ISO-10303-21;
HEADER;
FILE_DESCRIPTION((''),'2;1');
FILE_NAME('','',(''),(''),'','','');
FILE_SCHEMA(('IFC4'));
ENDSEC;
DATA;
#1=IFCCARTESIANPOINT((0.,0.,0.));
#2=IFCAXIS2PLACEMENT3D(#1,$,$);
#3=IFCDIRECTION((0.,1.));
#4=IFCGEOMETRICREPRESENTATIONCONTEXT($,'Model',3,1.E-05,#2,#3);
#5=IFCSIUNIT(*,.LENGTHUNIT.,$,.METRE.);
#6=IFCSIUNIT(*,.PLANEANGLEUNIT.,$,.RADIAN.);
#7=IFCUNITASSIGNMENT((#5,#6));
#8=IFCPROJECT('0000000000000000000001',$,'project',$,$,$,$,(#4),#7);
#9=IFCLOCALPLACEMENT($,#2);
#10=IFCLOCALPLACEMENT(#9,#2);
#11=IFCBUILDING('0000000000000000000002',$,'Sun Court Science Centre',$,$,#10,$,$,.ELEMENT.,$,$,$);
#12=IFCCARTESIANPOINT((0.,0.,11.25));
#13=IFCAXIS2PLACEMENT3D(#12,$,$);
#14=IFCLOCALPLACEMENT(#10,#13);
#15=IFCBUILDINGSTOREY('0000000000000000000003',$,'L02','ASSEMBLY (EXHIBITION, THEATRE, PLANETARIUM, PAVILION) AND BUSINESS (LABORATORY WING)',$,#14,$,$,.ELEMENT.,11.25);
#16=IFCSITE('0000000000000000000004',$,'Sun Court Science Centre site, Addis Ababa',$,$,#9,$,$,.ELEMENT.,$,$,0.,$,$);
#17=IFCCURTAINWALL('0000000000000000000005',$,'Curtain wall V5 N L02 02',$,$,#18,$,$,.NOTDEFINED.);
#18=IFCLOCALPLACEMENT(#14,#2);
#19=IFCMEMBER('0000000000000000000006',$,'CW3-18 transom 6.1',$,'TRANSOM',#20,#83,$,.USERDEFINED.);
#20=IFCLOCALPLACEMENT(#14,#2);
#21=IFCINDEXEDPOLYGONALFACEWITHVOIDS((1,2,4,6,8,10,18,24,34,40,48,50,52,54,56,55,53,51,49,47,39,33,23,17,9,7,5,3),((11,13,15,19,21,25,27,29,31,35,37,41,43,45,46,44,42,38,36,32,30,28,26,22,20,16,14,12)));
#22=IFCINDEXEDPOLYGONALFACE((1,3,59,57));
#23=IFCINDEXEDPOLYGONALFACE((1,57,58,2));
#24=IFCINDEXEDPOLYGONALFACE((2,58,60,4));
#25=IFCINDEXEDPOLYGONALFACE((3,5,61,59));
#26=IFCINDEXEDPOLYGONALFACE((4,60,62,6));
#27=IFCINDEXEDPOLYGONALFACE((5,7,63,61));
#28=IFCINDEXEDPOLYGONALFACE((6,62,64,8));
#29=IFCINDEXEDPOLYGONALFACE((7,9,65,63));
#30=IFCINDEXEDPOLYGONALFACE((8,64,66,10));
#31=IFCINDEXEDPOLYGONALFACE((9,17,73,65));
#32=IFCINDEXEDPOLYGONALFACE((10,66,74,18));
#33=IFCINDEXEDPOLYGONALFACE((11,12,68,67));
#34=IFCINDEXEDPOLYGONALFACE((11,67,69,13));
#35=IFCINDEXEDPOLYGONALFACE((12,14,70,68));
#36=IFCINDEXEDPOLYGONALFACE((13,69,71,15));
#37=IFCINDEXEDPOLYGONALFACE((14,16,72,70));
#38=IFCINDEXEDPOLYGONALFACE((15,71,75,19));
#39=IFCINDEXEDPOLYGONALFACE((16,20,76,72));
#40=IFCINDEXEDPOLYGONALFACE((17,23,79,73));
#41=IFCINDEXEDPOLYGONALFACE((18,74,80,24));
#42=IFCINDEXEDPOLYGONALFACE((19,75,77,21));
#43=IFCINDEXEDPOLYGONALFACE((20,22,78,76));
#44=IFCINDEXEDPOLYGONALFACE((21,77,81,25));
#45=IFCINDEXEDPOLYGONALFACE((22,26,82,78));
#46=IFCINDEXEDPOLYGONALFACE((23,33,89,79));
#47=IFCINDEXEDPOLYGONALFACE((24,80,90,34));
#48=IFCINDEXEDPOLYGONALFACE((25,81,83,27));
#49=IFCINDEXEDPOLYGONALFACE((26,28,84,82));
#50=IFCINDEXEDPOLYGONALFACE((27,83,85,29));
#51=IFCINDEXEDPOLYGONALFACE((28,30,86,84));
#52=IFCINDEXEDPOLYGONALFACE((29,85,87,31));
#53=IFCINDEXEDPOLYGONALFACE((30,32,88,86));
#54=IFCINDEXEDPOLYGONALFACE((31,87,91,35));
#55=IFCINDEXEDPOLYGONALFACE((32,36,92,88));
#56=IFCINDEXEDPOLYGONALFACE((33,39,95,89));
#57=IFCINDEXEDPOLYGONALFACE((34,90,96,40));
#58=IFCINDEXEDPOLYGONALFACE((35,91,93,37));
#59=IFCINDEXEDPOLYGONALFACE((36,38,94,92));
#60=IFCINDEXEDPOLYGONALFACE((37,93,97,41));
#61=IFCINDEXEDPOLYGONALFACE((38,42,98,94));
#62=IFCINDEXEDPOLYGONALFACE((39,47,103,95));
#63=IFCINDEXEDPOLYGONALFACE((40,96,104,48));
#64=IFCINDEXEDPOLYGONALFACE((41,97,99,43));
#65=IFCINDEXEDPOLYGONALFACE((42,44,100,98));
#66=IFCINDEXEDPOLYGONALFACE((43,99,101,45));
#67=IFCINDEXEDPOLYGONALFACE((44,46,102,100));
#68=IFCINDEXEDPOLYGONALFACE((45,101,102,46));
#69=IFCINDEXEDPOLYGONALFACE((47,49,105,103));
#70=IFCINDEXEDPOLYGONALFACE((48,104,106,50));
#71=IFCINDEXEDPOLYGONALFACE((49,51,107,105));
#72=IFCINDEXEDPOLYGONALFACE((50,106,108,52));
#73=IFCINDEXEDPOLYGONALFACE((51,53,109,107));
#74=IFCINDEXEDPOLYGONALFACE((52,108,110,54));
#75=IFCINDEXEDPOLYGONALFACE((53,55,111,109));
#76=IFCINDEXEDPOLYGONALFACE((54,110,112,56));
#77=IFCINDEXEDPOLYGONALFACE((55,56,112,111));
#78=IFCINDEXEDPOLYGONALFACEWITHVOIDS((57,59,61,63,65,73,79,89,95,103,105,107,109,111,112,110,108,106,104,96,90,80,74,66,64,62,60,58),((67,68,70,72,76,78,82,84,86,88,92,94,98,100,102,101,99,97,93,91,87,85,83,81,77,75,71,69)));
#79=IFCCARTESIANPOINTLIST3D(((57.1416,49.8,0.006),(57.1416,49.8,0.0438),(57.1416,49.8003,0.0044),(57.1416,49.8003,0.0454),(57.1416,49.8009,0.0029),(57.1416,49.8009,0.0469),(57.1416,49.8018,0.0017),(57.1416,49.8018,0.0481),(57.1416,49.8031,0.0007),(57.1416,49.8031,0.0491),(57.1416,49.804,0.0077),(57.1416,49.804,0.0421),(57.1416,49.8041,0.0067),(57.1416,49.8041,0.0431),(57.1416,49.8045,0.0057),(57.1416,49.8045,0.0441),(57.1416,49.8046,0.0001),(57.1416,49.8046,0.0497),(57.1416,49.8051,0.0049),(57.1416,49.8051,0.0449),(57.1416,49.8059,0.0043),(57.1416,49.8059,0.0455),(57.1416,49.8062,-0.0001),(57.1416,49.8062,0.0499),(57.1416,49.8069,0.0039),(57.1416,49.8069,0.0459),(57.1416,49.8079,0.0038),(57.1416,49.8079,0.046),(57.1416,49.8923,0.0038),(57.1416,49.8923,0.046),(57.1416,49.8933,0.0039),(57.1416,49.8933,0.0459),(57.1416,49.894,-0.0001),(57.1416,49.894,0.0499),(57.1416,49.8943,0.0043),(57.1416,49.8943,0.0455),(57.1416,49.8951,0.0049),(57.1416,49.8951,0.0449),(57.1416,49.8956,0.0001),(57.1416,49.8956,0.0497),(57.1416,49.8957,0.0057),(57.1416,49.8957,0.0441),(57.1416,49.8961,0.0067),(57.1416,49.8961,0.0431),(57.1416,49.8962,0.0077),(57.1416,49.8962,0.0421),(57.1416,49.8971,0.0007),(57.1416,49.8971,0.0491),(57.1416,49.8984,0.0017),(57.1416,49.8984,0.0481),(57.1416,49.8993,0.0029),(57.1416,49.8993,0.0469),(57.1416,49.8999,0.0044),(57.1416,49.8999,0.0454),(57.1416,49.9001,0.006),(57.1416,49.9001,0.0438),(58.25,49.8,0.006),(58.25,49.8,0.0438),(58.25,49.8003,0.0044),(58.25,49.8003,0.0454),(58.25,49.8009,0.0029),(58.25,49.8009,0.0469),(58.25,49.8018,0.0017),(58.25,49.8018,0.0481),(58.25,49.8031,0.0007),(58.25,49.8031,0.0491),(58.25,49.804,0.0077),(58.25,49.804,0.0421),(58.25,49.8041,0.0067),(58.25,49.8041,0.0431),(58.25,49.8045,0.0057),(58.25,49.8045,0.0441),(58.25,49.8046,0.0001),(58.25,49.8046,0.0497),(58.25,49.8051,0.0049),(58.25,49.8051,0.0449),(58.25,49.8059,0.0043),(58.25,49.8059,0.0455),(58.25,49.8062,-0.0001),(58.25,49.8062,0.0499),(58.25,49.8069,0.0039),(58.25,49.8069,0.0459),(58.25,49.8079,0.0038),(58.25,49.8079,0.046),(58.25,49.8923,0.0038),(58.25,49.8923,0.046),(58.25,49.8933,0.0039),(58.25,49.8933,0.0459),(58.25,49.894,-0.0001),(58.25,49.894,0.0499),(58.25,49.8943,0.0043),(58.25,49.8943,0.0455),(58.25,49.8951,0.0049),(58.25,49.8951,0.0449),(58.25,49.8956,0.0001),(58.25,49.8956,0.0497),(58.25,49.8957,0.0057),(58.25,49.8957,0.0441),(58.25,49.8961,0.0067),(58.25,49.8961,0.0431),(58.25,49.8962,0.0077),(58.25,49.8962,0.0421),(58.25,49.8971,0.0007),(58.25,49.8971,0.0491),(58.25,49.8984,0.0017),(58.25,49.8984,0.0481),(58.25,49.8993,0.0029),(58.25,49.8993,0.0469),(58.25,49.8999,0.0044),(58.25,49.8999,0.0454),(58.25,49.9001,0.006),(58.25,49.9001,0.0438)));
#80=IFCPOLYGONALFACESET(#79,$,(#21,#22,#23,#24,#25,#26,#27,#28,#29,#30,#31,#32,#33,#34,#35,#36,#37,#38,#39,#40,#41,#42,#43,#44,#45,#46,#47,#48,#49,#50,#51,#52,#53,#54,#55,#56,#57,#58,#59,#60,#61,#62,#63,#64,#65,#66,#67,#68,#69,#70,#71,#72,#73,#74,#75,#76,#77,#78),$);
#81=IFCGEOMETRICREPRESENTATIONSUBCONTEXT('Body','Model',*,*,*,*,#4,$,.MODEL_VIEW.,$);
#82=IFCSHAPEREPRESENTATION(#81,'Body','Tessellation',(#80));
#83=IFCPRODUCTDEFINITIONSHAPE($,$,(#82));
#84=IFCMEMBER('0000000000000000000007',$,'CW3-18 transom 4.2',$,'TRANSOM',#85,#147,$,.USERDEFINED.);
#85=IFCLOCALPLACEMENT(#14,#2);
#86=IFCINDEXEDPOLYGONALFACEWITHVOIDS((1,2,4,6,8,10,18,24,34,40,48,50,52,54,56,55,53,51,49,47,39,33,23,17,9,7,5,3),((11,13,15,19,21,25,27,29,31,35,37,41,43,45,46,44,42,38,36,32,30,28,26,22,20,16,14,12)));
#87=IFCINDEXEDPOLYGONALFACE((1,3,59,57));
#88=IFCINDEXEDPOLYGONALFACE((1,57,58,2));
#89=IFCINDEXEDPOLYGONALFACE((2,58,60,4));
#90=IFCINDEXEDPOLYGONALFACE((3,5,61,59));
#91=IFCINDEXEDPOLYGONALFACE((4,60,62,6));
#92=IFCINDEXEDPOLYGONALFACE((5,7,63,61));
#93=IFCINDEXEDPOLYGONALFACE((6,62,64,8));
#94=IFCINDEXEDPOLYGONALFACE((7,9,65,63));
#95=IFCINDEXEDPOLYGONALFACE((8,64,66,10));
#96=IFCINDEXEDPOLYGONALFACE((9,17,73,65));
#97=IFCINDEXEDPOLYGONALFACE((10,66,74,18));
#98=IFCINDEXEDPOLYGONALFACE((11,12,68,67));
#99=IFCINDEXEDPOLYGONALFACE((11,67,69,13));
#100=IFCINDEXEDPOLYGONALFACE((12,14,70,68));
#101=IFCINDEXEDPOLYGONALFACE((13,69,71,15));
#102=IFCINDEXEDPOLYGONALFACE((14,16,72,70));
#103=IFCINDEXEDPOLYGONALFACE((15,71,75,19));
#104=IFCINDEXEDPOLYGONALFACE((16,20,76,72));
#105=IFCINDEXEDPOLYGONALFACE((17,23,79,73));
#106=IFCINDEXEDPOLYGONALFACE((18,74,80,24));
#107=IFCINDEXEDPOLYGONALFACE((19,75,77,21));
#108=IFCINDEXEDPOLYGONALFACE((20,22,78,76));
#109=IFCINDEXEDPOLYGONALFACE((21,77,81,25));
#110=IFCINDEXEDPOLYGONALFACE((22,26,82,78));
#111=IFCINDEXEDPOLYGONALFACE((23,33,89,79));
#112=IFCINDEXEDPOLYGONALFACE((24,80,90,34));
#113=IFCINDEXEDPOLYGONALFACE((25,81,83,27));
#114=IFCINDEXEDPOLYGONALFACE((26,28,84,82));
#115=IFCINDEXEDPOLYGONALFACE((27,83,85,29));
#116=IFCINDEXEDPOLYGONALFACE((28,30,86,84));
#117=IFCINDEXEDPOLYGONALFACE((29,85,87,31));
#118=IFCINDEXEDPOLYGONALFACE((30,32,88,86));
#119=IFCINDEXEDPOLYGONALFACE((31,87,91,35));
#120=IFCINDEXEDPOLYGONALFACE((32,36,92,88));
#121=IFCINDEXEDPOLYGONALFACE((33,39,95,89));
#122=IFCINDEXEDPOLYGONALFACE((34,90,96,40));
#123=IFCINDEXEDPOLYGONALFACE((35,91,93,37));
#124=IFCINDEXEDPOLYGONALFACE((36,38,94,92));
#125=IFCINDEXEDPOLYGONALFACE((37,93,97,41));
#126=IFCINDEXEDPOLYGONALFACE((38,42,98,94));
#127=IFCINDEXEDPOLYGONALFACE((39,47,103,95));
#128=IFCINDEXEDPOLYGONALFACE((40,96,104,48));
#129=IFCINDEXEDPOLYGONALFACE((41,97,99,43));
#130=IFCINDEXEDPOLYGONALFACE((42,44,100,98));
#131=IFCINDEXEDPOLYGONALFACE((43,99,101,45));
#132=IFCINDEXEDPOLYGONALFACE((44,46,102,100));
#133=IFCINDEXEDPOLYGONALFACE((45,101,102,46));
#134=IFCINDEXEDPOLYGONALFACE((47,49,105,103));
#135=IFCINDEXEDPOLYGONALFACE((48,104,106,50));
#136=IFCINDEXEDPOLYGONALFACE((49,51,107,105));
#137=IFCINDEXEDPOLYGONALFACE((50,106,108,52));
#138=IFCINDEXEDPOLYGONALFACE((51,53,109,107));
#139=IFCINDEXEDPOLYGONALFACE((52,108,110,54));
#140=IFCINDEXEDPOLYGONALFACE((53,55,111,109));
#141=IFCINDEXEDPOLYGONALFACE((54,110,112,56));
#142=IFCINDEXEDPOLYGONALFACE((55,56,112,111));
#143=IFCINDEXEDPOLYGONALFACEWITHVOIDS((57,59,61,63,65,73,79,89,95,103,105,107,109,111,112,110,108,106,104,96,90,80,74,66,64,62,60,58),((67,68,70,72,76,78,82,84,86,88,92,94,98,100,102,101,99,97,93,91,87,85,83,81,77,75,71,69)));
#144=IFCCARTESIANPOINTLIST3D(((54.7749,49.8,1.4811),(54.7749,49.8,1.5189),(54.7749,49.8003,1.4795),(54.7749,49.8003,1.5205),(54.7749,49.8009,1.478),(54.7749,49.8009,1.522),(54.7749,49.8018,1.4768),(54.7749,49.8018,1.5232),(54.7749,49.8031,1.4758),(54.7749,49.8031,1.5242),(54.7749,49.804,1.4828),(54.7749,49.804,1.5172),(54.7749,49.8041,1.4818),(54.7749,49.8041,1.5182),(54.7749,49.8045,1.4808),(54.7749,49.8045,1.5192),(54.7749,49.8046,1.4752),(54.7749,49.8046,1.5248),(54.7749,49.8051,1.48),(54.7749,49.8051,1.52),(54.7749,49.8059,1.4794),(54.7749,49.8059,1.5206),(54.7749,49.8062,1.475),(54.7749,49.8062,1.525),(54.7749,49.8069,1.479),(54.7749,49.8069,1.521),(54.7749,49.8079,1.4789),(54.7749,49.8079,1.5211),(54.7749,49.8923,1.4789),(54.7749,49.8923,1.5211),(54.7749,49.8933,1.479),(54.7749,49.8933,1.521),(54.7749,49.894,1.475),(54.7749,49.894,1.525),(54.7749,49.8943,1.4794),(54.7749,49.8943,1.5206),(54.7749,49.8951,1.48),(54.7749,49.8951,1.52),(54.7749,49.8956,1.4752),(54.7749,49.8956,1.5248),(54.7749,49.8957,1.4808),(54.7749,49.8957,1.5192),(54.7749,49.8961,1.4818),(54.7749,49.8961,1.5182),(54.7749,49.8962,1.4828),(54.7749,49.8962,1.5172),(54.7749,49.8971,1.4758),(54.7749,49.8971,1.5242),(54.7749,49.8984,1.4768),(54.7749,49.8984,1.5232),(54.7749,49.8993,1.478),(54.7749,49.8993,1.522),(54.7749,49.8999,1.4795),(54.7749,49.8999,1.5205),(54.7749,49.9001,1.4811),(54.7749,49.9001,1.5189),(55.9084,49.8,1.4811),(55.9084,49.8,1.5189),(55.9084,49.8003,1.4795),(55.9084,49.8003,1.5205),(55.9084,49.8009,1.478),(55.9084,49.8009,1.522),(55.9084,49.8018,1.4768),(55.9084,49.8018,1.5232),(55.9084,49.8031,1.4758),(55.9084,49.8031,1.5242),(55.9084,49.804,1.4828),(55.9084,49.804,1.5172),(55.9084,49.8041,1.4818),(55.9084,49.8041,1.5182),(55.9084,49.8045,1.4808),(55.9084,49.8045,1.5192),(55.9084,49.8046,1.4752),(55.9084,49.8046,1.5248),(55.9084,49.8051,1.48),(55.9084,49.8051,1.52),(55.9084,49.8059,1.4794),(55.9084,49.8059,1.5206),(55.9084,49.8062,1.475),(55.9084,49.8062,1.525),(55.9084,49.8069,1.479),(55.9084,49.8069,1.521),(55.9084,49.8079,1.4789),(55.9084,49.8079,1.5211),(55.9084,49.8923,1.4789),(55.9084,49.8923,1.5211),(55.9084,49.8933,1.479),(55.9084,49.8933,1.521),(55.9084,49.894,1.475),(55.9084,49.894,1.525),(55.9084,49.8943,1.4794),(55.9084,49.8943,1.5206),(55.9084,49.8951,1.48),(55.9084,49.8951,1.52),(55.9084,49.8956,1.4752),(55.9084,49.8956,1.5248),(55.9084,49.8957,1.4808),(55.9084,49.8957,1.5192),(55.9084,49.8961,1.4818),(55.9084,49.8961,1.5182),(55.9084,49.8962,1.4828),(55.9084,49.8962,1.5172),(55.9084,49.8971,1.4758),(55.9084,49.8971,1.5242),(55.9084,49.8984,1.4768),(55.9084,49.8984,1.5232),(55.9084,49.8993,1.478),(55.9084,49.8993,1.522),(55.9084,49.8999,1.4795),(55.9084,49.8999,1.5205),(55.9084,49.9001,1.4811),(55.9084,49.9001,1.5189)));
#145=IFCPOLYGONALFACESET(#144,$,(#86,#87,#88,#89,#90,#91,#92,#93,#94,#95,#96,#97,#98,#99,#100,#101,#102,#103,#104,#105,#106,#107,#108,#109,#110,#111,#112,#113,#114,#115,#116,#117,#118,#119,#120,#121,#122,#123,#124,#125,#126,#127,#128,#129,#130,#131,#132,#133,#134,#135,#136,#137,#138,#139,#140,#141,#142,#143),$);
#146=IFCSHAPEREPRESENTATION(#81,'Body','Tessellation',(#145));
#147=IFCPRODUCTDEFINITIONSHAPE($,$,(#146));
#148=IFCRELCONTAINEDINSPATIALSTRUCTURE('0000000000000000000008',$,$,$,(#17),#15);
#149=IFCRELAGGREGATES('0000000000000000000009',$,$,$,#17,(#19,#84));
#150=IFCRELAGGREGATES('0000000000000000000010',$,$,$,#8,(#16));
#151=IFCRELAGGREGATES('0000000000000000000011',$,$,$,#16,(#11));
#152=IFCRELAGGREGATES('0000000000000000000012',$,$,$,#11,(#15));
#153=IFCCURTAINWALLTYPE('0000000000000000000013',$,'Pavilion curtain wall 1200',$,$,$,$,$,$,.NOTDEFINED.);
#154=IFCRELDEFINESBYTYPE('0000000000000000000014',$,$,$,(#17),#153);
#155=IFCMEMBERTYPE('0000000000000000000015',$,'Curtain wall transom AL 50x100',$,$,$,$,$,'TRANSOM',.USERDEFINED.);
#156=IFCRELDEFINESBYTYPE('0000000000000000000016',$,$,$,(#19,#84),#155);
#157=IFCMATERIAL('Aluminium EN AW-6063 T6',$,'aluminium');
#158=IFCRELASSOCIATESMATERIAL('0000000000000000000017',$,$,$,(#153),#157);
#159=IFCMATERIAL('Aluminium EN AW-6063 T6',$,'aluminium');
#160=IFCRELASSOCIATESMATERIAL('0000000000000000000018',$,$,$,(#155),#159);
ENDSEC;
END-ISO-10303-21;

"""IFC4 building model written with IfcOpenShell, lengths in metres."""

from ifc_helpers import new_model, si_unit, direction, frame, origin, origin_2d, place, context, subcontext, project, spatial, hollow_rectangle, extrude, material, material_profile, profile_set, type_object, element, aggregate, save


model = new_model("IFC4")

# Units and contexts
model_context = context("Model", 3, precision=1e-05, world=origin(), true_north=direction((0.0, 1.0)))
body_context = subcontext(model_context, "Body", "Model", "MODEL_VIEW")
ifc_project = project(units=[si_unit("LENGTHUNIT", "METRE"), si_unit("PLANEANGLEUNIT", "RADIAN")], contexts=[model_context])

# Site, building, storey
site_placement = place(None, origin())
site = spatial("IfcSite", under=ifc_project, at=site_placement, Name="Sun Court Science Centre site, Addis Ababa", CompositionType="ELEMENT", RefElevation=0.0)
building_placement = place(site_placement, origin())
building = spatial("IfcBuilding", under=site, at=building_placement, Name="Sun Court Science Centre", CompositionType="ELEMENT")
storey_placement = place(building_placement, frame((0.0, 0.0, 11.25)))
storey = spatial("IfcBuildingStorey", under=building, at=storey_placement, Name="L02", Description="ASSEMBLY (EXHIBITION, THEATRE, PLANETARIUM, PAVILION) AND BUSINESS (LABORATORY WING)", CompositionType="ELEMENT", Elevation=11.25)

# Curtain wall, members
ifc_material_1 = material(Name="Aluminium EN AW-6063 T6", Category="aluminium")
curtain_wall_type = type_object("IfcCurtainWallType", Name="Pavilion curtain wall 1200", PredefinedType="NOTDEFINED", material=ifc_material_1)
curtain_wall_placement = place(storey_placement, origin())
curtain_wall = element("IfcCurtainWall", 1, at=curtain_wall_placement, inside=storey, type_object=curtain_wall_type, Name="Curtain wall V5 N L02 02", PredefinedType="NOTDEFINED")
ifc_material_2 = material(Name="Aluminium EN AW-6063 T6", Category="aluminium")
ifc_material_profile_1 = material_profile(ifc_material_2, hollow_rectangle(XDim=0.05, YDim=0.1001, WallThickness=0.0039, InnerFilletRadius=0.0039, OuterFilletRadius=0.0061, at=origin_2d()), Name="AL 50x100x4")
ifc_profile_set_1 = profile_set([ifc_material_profile_1], Name="Aluminium EN AW-6063 T6")
member_type_1 = type_object("IfcMemberType", Name="Curtain wall transom AL 50x100", ElementType="TRANSOM", PredefinedType="USERDEFINED", material=ifc_profile_set_1)
member_1_placement = place(storey_placement, frame((57.1416, 49.8501, 0.0249), z_axis=(1.0, 0.0, 0.0), x_axis=(0.0, 0.0, 1.0)))
member_1 = element("IfcMember", 2, at=member_1_placement, type_object=member_type_1, Name="CW3-18 transom 6.1", ObjectType="TRANSOM", PredefinedType="USERDEFINED", context=body_context, shape_type="SweptSolid", body=[
    extrude(hollow_rectangle(XDim=0.05, YDim=0.1001, WallThickness=0.0039, InnerFilletRadius=0.0039, OuterFilletRadius=0.0061, at=origin_2d()), origin(), (0.0, 0.0, 1.0), 1.1084),
])
member_2_placement = place(storey_placement, frame((54.7749, 49.8501, 1.5), z_axis=(1.0, 0.0, 0.0), x_axis=(0.0, 0.0, 1.0)))
member_2 = element("IfcMember", 3, at=member_2_placement, type_object=member_type_1, Name="CW3-18 transom 4.2", ObjectType="TRANSOM", PredefinedType="USERDEFINED", context=body_context, shape_type="SweptSolid", body=[
    extrude(hollow_rectangle(XDim=0.05, YDim=0.1001, WallThickness=0.0039, InnerFilletRadius=0.0039, OuterFilletRadius=0.0061, at=origin_2d()), origin(), (0.0, 0.0, 1.0), 1.1335),
])

aggregate(curtain_wall, [member_1, member_2])

save(model, "model.ifc")
